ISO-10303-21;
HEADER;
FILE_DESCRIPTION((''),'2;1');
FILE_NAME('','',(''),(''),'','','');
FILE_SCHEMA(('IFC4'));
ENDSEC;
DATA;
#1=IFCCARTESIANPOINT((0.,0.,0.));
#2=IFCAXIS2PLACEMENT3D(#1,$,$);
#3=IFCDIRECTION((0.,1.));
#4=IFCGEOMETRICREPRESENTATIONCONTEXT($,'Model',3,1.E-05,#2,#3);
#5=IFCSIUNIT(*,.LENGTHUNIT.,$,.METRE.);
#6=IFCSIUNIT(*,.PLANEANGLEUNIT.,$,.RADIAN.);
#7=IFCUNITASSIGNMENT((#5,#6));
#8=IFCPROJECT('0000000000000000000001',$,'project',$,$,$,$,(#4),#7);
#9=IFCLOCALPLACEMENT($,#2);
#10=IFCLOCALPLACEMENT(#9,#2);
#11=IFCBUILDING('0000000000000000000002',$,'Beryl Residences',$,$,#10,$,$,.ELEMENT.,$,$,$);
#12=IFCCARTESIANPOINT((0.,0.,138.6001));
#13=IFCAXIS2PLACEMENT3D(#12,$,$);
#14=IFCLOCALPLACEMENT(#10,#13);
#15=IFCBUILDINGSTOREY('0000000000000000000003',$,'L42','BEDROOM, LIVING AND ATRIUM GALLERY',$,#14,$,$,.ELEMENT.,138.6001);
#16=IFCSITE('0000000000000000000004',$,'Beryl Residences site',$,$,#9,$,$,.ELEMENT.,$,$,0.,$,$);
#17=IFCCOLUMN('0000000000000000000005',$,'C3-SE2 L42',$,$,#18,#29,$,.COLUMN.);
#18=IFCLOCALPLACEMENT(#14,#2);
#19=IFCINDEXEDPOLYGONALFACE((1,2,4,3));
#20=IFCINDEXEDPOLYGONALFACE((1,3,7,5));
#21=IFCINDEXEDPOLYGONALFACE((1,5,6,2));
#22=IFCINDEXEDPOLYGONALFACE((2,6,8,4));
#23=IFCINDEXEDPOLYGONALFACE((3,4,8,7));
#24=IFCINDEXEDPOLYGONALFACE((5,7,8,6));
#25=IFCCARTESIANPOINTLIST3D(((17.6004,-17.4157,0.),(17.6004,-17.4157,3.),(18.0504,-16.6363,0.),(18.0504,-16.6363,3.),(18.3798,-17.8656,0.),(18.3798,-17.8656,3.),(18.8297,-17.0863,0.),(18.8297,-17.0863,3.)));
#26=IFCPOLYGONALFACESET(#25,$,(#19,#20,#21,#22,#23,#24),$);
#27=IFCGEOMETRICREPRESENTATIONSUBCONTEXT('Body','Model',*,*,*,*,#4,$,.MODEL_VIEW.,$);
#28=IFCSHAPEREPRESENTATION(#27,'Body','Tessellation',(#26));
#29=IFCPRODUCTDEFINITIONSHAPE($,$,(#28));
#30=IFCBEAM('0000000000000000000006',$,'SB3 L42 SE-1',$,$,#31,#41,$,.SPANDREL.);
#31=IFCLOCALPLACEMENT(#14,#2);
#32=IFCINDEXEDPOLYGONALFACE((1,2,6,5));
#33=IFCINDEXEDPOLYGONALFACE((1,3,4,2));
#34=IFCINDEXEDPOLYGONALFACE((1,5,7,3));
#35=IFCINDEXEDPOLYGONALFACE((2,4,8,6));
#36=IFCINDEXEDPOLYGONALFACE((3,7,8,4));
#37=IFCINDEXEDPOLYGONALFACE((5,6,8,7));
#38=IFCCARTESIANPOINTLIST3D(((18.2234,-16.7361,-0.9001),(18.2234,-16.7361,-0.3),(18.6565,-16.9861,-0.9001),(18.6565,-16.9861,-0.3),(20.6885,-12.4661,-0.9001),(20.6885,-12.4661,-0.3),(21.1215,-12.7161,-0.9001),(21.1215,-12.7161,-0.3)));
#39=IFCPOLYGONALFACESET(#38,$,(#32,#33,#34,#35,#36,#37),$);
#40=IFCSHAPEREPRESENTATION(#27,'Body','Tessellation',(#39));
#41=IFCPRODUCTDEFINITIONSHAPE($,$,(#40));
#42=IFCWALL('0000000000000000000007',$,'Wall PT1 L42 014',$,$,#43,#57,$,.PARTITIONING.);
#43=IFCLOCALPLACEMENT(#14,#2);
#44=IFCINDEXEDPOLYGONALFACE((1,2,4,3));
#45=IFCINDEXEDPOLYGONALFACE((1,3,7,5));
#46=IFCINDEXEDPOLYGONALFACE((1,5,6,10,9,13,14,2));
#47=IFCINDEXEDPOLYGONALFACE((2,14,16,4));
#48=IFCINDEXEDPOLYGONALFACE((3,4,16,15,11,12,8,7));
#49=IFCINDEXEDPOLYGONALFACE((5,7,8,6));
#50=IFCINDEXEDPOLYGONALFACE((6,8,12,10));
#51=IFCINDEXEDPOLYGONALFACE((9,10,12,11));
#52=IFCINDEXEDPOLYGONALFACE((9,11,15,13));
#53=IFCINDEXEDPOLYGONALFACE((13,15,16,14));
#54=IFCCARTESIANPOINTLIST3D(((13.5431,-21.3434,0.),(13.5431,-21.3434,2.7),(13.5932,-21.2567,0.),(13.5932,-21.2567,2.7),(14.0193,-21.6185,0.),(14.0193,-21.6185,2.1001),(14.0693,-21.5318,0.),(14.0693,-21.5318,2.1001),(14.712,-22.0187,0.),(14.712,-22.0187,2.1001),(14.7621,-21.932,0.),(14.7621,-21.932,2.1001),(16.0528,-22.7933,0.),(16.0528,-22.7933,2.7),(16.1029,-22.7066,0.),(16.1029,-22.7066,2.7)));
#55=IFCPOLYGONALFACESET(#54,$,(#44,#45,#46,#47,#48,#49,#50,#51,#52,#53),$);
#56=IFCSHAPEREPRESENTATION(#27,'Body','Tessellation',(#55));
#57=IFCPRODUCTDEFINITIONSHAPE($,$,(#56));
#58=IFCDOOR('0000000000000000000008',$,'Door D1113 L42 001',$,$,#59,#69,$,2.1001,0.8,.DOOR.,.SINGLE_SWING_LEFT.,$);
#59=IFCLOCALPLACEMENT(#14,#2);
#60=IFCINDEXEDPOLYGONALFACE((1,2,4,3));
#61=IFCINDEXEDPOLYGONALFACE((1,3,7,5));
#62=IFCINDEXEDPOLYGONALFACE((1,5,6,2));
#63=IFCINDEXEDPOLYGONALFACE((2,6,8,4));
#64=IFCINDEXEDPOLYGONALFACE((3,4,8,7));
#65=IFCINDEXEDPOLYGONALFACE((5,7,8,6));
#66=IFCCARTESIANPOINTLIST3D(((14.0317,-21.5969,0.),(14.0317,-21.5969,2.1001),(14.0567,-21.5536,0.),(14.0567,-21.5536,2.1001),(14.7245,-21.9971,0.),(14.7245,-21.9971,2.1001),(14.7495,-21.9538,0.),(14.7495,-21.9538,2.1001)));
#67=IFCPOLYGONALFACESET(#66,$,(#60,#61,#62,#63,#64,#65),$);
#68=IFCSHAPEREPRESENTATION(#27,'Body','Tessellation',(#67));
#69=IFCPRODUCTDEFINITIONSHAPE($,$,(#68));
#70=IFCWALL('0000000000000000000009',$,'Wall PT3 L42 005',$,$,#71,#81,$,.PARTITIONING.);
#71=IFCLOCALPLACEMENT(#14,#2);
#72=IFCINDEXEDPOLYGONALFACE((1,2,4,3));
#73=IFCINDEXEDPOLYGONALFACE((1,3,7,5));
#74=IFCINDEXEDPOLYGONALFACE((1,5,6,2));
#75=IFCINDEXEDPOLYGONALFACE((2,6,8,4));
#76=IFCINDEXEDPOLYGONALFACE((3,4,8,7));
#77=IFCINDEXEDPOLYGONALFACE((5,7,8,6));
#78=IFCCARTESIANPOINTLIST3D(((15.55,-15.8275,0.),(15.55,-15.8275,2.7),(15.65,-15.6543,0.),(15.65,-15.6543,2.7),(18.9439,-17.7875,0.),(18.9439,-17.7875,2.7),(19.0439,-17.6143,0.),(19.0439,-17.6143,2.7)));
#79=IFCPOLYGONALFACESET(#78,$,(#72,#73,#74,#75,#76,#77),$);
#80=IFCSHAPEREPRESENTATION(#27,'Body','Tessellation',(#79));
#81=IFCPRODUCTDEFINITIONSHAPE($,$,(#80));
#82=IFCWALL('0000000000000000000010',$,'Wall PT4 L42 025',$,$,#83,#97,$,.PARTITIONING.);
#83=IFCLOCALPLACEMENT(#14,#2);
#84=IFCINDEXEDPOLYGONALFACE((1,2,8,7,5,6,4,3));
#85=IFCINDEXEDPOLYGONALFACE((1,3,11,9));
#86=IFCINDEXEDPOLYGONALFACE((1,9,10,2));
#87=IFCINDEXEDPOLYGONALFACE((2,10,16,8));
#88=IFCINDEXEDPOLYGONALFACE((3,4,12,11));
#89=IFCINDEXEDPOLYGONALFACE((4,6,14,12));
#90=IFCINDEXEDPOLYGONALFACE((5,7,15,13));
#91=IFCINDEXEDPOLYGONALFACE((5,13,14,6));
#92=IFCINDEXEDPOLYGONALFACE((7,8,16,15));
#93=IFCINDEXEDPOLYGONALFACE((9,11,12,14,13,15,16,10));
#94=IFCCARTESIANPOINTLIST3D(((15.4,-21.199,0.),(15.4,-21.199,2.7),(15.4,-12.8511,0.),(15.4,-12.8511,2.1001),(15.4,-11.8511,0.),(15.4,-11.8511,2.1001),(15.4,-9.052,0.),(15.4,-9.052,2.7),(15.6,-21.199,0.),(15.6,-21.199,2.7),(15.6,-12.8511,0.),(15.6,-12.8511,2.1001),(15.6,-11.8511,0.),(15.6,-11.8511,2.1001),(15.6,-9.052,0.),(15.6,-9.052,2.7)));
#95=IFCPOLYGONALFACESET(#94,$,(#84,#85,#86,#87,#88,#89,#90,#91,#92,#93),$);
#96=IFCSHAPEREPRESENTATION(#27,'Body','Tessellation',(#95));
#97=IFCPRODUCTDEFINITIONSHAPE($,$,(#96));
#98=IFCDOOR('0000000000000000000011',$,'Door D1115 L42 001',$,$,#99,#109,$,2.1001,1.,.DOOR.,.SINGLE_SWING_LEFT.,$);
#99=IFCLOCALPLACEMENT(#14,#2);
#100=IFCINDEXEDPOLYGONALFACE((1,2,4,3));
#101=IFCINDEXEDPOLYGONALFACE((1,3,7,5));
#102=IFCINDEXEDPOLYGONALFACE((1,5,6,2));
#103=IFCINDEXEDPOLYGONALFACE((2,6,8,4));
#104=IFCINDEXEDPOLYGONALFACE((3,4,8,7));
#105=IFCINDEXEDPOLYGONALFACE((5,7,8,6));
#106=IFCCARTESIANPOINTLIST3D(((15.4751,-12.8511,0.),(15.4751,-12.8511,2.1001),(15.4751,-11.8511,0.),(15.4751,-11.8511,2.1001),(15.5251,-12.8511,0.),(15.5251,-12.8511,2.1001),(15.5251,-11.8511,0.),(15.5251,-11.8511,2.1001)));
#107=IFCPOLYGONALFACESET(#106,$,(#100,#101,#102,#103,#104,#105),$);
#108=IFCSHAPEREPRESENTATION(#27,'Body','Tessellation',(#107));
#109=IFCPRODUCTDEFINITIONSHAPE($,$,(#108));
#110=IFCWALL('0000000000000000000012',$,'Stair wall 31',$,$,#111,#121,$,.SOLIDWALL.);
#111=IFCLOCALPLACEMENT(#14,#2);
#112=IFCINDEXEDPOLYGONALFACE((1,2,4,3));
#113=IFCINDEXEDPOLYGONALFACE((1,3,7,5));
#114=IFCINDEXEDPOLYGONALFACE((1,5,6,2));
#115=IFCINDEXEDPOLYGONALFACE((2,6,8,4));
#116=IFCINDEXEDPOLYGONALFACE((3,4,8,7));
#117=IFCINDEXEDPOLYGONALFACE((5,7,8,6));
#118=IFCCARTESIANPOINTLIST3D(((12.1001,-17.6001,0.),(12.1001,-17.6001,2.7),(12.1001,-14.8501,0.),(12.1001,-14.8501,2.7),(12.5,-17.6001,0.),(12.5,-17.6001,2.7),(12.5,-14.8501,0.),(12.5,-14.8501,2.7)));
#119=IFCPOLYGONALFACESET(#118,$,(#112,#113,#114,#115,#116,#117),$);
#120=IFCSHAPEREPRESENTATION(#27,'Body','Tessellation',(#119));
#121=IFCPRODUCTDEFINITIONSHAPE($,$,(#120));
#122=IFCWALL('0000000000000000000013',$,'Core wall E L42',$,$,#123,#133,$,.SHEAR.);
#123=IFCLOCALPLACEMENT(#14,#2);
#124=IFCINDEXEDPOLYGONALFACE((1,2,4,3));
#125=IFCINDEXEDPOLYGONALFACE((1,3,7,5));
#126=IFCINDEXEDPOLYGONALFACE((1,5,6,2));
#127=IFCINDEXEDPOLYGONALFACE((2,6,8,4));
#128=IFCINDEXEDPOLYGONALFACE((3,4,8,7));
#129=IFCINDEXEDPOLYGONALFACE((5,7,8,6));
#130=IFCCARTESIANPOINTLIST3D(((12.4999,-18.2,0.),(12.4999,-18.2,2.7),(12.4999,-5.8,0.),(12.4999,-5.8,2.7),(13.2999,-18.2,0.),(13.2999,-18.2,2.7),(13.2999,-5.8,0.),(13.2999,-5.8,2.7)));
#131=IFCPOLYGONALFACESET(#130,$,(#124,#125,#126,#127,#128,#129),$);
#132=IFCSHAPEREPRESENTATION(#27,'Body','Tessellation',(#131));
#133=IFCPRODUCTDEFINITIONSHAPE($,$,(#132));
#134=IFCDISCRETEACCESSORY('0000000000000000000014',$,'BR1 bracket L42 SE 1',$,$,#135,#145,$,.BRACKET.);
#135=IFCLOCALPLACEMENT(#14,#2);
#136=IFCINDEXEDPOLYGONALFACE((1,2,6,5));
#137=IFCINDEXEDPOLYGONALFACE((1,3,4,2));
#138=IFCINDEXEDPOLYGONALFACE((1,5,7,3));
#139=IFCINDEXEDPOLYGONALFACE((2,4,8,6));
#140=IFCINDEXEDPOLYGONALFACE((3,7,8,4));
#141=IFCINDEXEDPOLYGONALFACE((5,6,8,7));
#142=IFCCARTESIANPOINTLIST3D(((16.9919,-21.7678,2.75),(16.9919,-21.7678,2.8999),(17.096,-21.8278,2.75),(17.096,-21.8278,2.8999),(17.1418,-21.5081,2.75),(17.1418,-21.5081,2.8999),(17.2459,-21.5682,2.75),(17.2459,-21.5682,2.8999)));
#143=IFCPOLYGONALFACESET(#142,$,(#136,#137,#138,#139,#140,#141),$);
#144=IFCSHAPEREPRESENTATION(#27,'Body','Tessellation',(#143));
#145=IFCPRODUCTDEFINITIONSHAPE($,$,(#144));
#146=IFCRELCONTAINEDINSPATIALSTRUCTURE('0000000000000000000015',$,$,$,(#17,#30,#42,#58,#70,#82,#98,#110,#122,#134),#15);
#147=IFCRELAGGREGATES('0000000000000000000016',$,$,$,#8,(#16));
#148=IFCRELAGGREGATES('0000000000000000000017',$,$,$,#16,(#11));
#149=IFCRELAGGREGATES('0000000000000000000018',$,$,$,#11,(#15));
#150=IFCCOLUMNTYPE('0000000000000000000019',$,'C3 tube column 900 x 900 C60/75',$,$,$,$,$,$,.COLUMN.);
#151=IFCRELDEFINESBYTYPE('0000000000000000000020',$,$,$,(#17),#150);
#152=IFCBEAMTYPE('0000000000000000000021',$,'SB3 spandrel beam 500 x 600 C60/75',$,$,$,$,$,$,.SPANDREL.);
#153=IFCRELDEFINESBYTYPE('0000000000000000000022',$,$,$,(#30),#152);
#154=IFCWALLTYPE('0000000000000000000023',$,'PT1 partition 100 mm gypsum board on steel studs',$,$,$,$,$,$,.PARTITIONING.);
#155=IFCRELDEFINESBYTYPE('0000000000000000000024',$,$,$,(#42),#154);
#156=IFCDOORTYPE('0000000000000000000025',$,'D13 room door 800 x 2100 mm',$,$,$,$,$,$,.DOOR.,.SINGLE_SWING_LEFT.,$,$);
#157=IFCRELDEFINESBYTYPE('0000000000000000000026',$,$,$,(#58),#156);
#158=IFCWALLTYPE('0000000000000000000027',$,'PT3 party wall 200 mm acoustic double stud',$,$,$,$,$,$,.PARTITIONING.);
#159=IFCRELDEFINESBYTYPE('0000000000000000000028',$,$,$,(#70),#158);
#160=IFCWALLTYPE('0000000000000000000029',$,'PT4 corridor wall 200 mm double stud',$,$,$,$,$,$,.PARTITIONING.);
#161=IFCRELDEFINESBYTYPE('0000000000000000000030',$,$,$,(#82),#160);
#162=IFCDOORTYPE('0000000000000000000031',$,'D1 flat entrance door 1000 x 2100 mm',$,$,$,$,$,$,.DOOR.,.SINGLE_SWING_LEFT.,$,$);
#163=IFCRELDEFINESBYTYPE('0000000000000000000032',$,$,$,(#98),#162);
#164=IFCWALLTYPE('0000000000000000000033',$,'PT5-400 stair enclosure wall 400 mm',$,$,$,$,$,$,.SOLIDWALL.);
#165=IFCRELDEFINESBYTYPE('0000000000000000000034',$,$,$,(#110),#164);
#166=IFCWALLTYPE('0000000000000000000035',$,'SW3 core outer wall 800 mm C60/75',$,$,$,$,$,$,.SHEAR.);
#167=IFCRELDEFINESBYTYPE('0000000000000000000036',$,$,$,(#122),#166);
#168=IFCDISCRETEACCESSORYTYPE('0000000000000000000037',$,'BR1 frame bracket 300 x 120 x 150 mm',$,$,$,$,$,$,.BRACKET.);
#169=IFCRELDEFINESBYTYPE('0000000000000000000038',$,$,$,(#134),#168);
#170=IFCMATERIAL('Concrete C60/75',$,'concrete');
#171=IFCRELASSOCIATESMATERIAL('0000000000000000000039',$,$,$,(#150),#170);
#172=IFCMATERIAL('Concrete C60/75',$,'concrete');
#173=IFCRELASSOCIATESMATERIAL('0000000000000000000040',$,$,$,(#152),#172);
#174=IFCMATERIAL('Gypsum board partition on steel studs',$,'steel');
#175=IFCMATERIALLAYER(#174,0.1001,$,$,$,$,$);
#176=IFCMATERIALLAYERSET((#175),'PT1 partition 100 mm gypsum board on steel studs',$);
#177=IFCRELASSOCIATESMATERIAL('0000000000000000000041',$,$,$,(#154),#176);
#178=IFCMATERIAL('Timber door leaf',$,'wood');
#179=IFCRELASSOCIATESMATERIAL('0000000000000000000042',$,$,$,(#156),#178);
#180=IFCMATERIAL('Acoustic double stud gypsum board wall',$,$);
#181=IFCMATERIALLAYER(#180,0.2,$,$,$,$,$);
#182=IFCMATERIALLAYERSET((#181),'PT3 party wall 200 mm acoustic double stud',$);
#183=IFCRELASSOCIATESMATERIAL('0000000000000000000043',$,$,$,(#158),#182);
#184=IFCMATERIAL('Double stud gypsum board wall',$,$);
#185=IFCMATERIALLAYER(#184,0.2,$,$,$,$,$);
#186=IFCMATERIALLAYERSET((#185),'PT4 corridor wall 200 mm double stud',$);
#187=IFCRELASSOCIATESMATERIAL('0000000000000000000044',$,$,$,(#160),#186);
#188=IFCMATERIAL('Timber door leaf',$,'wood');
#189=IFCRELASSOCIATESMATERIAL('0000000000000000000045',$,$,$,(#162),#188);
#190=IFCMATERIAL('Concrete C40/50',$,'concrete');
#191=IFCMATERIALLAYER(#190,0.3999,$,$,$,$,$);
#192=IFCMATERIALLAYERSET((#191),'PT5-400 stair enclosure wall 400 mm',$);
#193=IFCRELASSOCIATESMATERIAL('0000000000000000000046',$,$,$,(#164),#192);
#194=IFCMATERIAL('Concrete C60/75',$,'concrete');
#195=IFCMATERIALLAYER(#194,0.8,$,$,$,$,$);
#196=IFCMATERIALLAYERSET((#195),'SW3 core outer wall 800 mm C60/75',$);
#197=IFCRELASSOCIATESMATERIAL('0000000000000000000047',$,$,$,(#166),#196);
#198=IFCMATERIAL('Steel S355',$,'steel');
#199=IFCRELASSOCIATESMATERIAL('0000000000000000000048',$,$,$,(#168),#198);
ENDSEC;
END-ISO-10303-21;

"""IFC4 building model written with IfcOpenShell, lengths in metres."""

from ifc_helpers import new_model, si_unit, direction, frame, frame_2d, origin, origin_2d, place, context, subcontext, project, spatial, polyline, rectangle, outline, extrude, source, transform, mapped, material, layer, layer_set, material_profile, profile_set, type_object, type_shapes, element, fill, save


model = new_model("IFC4")

# Units and contexts
model_context = context("Model", 3, precision=1e-05, world=origin(), true_north=direction((0.0, 1.0)))
body_context = subcontext(model_context, "Body", "Model", "MODEL_VIEW")
ifc_project = project(units=[si_unit("LENGTHUNIT", "METRE"), si_unit("PLANEANGLEUNIT", "RADIAN")], contexts=[model_context])

# Site, building, storey
site_placement = place(None, origin())
site = spatial("IfcSite", under=ifc_project, at=site_placement, Name="Beryl Residences site", CompositionType="ELEMENT", RefElevation=0.0)
building_placement = place(site_placement, origin())
building = spatial("IfcBuilding", under=site, at=building_placement, Name="Beryl Residences", CompositionType="ELEMENT")
storey_placement = place(building_placement, frame((0.0, 0.0, 138.6001)))
storey = spatial("IfcBuildingStorey", under=building, at=storey_placement, Name="L42", Description="BEDROOM, LIVING AND ATRIUM GALLERY", CompositionType="ELEMENT", Elevation=138.6001)

# Column
ifc_material_1 = material(Name="Concrete C60/75", Category="concrete")
ifc_material_profile_1 = material_profile(ifc_material_1, rectangle(XDim=0.8999, YDim=0.8999, at=origin_2d()))
ifc_profile_set_1 = profile_set([ifc_material_profile_1], Name="Concrete C60/75")
column_type = type_object("IfcColumnType", Name="C3 tube column 900 x 900 C60/75", PredefinedType="COLUMN", material=ifc_profile_set_1)
column_placement = place(storey_placement, frame((18.2151, -17.251, 0.0), z_axis=(0.0, 0.0, 1.0), x_axis=(0.5, 0.866025, 0.0)))
element("IfcColumn", 1, at=column_placement, inside=storey, type_object=column_type, Name="C3-SE2 L42", PredefinedType="COLUMN", context=body_context, shape_type="SweptSolid", body=[
    extrude(rectangle(XDim=0.8999, YDim=0.8999, at=origin_2d()), origin(), (0.0, 0.0, 1.0), 3.0),
])

# Beam
ifc_material_2 = material(Name="Concrete C60/75", Category="concrete")
ifc_material_profile_2 = material_profile(ifc_material_2, rectangle(XDim=0.5, YDim=0.6001, at=origin_2d()))
ifc_profile_set_2 = profile_set([ifc_material_profile_2], Name="Concrete C60/75")
beam_type = type_object("IfcBeamType", Name="SB3 spandrel beam 500 x 600 C60/75", PredefinedType="SPANDREL", material=ifc_profile_set_2)
beam_placement = place(storey_placement, frame((18.4399, -16.8611, -0.6001), z_axis=(0.499968, 0.866044, 0.0), x_axis=(-0.866044, 0.499968, 0.0)))
element("IfcBeam", 2, at=beam_placement, inside=storey, type_object=beam_type, Name="SB3 L42 SE-1", PredefinedType="SPANDREL", context=body_context, shape_type="SweptSolid", body=[
    extrude(rectangle(XDim=0.5, YDim=0.6001, at=origin_2d()), origin(), (0.0, 0.0, 1.0), 4.9304),
])

# Wall, opening, door
ifc_material_3 = material(Name="Gypsum board partition on steel studs", Category="steel")
ifc_layer_1 = layer(ifc_material_3, 0.1001)
ifc_layer_set_1 = layer_set([ifc_layer_1], Name="PT1 partition 100 mm gypsum board on steel studs")
wall_type_1 = type_object("IfcWallType", Name="PT1 partition 100 mm gypsum board on steel studs", PredefinedType="PARTITIONING", material=ifc_layer_set_1)
wall_1_placement = place(storey_placement, frame((13.5681, -21.3, 0.0), z_axis=(0.0, 0.0, 1.0), x_axis=(0.865885, -0.500243, 0.0)))
wall_1 = element("IfcWall", 3, at=wall_1_placement, inside=storey, type_object=wall_type_1, Name="Wall PT1 L42 014", PredefinedType="PARTITIONING", context=body_context, shape_type="SweptSolid", body=[
    extrude(rectangle(XDim=2.8984, YDim=0.1001, at=frame_2d((1.4492, 0.0))), origin(), (0.0, 0.0, 1.0), 2.7),
])
opening_1_placement = place(wall_1_placement, frame((0.55, 0.0, 0.0)))
opening_1 = element("IfcOpeningElement", 4, at=opening_1_placement, cuts=wall_1, PredefinedType="OPENING", context=body_context, shape_type="SweptSolid", body=[
    extrude(rectangle(XDim=0.8, YDim=2.1001, at=frame_2d((0.3999, 1.05))), frame((0.0, 0.0601, 0.0), z_axis=(0.0, -1.0, 0.0), x_axis=(1.0, 0.0, 0.0)), (0.0, 0.0, 1.0), 0.1201),
])
ifc_material_4 = material(Name="Timber door leaf", Category="wood")
door_type_1 = type_object("IfcDoorType", Name="D13 room door 800 x 2100 mm", OperationType="SINGLE_SWING_LEFT", PredefinedType="DOOR", material=ifc_material_4)
door_1_placement = place(opening_1_placement, origin())
door_1 = element("IfcDoor", 5, at=door_1_placement, inside=storey, type_object=door_type_1, Name="Door D1113 L42 001", OperationType="SINGLE_SWING_LEFT", OverallHeight=2.1001, OverallWidth=0.8, PredefinedType="DOOR", context=body_context, shape_type="SweptSolid", body=[
    extrude(rectangle(XDim=0.8, YDim=2.1001, at=frame_2d((0.3999, 1.05))), frame((0.0, 0.0249, 0.0), z_axis=(0.0, -1.0, 0.0), x_axis=(1.0, 0.0, 0.0)), (0.0, 0.0, 1.0), 0.05),
])
fill(opening_1, door_1)

# Wall
ifc_material_5 = material(Name="Acoustic double stud gypsum board wall")
ifc_layer_2 = layer(ifc_material_5, 0.2)
ifc_layer_set_2 = layer_set([ifc_layer_2], Name="PT3 party wall 200 mm acoustic double stud")
wall_type_2 = type_object("IfcWallType", Name="PT3 party wall 200 mm acoustic double stud", PredefinedType="PARTITIONING", material=ifc_layer_set_2)
wall_2_placement = place(storey_placement, frame((15.6001, -15.741, 0.0), z_axis=(0.0, 0.0, 1.0), x_axis=(0.865965, -0.500105, 0.0)))
element("IfcWall", 6, at=wall_2_placement, inside=storey, type_object=wall_type_2, Name="Wall PT3 L42 005", PredefinedType="PARTITIONING", context=body_context, shape_type="SweptSolid", body=[
    extrude(rectangle(XDim=3.9192, YDim=0.2, at=frame_2d((1.9595, 0.0))), origin(), (0.0, 0.0, 1.0), 2.7),
])

# Wall, opening, door
ifc_material_6 = material(Name="Double stud gypsum board wall")
ifc_layer_3 = layer(ifc_material_6, 0.2)
ifc_layer_set_3 = layer_set([ifc_layer_3], Name="PT4 corridor wall 200 mm double stud")
wall_type_3 = type_object("IfcWallType", Name="PT4 corridor wall 200 mm double stud", PredefinedType="PARTITIONING", material=ifc_layer_set_3)
wall_3_placement = place(storey_placement, frame((15.5, -21.199, 0.0), z_axis=(0.0, 0.0, 1.0), x_axis=(0.0, 1.0, 0.0)))
wall_3 = element("IfcWall", 7, at=wall_3_placement, inside=storey, type_object=wall_type_3, Name="Wall PT4 L42 025", PredefinedType="PARTITIONING", context=body_context, shape_type="SweptSolid", body=[
    extrude(rectangle(XDim=12.147, YDim=0.2, at=frame_2d((6.0735, 0.0))), origin(), (0.0, 0.0, 1.0), 2.7),
])
opening_2_placement = place(wall_3_placement, frame((8.3479, 0.0, 0.0)))
opening_2 = element("IfcOpeningElement", 8, at=opening_2_placement, cuts=wall_3, PredefinedType="OPENING", context=body_context, shape_type="SweptSolid", body=[
    extrude(rectangle(XDim=1.0, YDim=2.1001, at=frame_2d((0.5, 1.05))), frame((0.0, 0.1099, 0.0), z_axis=(0.0, -1.0, 0.0), x_axis=(1.0, 0.0, 0.0)), (0.0, 0.0, 1.0), 0.22),
])
ifc_material_7 = material(Name="Timber door leaf", Category="wood")
door_type_2 = type_object("IfcDoorType", Name="D1 flat entrance door 1000 x 2100 mm", OperationType="SINGLE_SWING_LEFT", PredefinedType="DOOR", material=ifc_material_7)
door_2_placement = place(opening_2_placement, origin())
door_2 = element("IfcDoor", 9, at=door_2_placement, inside=storey, type_object=door_type_2, Name="Door D1115 L42 001", OperationType="SINGLE_SWING_LEFT", OverallHeight=2.1001, OverallWidth=1.0, PredefinedType="DOOR", context=body_context, shape_type="SweptSolid", body=[
    extrude(rectangle(XDim=1.0, YDim=2.1001, at=frame_2d((0.5, 1.05))), frame((0.0, 0.0249, 0.0), z_axis=(0.0, -1.0, 0.0), x_axis=(1.0, 0.0, 0.0)), (0.0, 0.0, 1.0), 0.05),
])
fill(opening_2, door_2)

# Walls
ifc_material_8 = material(Name="Concrete C40/50", Category="concrete")
ifc_layer_4 = layer(ifc_material_8, 0.3999)
ifc_layer_set_4 = layer_set([ifc_layer_4], Name="PT5-400 stair enclosure wall 400 mm")
wall_type_4 = type_object("IfcWallType", Name="PT5-400 stair enclosure wall 400 mm", PredefinedType="SOLIDWALL", material=ifc_layer_set_4)
wall_4_placement = place(storey_placement, frame((12.3, -17.6001, 0.0), z_axis=(0.0, 0.0, 1.0), x_axis=(0.0, 1.0, 0.0)))
element("IfcWall", 10, at=wall_4_placement, inside=storey, type_object=wall_type_4, Name="Stair wall 31", PredefinedType="SOLIDWALL", context=body_context, shape_type="SweptSolid", body=[
    extrude(rectangle(XDim=2.75, YDim=0.3999, at=frame_2d((1.375, 0.0))), origin(), (0.0, 0.0, 1.0), 2.7),
])
ifc_material_9 = material(Name="Concrete C60/75", Category="concrete")
ifc_layer_5 = layer(ifc_material_9, 0.8)
ifc_layer_set_5 = layer_set([ifc_layer_5], Name="SW3 core outer wall 800 mm C60/75")
wall_type_5 = type_object("IfcWallType", Name="SW3 core outer wall 800 mm C60/75", PredefinedType="SHEAR", material=ifc_layer_set_5)
wall_5_placement = place(storey_placement, frame((12.8999, -18.2, 0.0), z_axis=(0.0, 0.0, 1.0), x_axis=(0.0, 1.0, 0.0)))
element("IfcWall", 11, at=wall_5_placement, inside=storey, type_object=wall_type_5, Name="Core wall E L42", PredefinedType="SHEAR", context=body_context, shape_type="SweptSolid", body=[
    extrude(rectangle(XDim=12.3999, YDim=0.8, at=frame_2d((6.2, 0.0))), origin(), (0.0, 0.0, 1.0), 2.7),
])

# Discrete accessory
ifc_material_10 = material(Name="Steel S355", Category="steel")
discrete_accessory_type = type_object("IfcDiscreteAccessoryType", Name="BR1 frame bracket 300 x 120 x 150 mm", PredefinedType="BRACKET", material=ifc_material_10)
shared_shape_1 = source(origin(), body_context, "Body", "SweptSolid", [
    extrude(outline(polyline([(-0.1499, 0.0), (0.1499, 0.0), (0.1499, 0.1201), (-0.1499, 0.1201), (-0.1499, 0.0)])), origin(), (0.0, 0.0, 1.0), 0.1499),
])
type_shapes(discrete_accessory_type, [shared_shape_1])
discrete_accessory_placement = place(storey_placement, frame((17.0669, -21.6379, 2.75), z_axis=(0.0, 0.0, 1.0), x_axis=(-0.5, -0.866025, 0.0)))
element("IfcDiscreteAccessory", 12, at=discrete_accessory_placement, inside=storey, type_object=discrete_accessory_type, Name="BR1 bracket L42 SE 1", PredefinedType="BRACKET", context=body_context, shape_type="MappedRepresentation", body=[
    mapped(shared_shape_1, transform((0.0, 0.0, 0.0))),
])

save(model, "model.ifc")
